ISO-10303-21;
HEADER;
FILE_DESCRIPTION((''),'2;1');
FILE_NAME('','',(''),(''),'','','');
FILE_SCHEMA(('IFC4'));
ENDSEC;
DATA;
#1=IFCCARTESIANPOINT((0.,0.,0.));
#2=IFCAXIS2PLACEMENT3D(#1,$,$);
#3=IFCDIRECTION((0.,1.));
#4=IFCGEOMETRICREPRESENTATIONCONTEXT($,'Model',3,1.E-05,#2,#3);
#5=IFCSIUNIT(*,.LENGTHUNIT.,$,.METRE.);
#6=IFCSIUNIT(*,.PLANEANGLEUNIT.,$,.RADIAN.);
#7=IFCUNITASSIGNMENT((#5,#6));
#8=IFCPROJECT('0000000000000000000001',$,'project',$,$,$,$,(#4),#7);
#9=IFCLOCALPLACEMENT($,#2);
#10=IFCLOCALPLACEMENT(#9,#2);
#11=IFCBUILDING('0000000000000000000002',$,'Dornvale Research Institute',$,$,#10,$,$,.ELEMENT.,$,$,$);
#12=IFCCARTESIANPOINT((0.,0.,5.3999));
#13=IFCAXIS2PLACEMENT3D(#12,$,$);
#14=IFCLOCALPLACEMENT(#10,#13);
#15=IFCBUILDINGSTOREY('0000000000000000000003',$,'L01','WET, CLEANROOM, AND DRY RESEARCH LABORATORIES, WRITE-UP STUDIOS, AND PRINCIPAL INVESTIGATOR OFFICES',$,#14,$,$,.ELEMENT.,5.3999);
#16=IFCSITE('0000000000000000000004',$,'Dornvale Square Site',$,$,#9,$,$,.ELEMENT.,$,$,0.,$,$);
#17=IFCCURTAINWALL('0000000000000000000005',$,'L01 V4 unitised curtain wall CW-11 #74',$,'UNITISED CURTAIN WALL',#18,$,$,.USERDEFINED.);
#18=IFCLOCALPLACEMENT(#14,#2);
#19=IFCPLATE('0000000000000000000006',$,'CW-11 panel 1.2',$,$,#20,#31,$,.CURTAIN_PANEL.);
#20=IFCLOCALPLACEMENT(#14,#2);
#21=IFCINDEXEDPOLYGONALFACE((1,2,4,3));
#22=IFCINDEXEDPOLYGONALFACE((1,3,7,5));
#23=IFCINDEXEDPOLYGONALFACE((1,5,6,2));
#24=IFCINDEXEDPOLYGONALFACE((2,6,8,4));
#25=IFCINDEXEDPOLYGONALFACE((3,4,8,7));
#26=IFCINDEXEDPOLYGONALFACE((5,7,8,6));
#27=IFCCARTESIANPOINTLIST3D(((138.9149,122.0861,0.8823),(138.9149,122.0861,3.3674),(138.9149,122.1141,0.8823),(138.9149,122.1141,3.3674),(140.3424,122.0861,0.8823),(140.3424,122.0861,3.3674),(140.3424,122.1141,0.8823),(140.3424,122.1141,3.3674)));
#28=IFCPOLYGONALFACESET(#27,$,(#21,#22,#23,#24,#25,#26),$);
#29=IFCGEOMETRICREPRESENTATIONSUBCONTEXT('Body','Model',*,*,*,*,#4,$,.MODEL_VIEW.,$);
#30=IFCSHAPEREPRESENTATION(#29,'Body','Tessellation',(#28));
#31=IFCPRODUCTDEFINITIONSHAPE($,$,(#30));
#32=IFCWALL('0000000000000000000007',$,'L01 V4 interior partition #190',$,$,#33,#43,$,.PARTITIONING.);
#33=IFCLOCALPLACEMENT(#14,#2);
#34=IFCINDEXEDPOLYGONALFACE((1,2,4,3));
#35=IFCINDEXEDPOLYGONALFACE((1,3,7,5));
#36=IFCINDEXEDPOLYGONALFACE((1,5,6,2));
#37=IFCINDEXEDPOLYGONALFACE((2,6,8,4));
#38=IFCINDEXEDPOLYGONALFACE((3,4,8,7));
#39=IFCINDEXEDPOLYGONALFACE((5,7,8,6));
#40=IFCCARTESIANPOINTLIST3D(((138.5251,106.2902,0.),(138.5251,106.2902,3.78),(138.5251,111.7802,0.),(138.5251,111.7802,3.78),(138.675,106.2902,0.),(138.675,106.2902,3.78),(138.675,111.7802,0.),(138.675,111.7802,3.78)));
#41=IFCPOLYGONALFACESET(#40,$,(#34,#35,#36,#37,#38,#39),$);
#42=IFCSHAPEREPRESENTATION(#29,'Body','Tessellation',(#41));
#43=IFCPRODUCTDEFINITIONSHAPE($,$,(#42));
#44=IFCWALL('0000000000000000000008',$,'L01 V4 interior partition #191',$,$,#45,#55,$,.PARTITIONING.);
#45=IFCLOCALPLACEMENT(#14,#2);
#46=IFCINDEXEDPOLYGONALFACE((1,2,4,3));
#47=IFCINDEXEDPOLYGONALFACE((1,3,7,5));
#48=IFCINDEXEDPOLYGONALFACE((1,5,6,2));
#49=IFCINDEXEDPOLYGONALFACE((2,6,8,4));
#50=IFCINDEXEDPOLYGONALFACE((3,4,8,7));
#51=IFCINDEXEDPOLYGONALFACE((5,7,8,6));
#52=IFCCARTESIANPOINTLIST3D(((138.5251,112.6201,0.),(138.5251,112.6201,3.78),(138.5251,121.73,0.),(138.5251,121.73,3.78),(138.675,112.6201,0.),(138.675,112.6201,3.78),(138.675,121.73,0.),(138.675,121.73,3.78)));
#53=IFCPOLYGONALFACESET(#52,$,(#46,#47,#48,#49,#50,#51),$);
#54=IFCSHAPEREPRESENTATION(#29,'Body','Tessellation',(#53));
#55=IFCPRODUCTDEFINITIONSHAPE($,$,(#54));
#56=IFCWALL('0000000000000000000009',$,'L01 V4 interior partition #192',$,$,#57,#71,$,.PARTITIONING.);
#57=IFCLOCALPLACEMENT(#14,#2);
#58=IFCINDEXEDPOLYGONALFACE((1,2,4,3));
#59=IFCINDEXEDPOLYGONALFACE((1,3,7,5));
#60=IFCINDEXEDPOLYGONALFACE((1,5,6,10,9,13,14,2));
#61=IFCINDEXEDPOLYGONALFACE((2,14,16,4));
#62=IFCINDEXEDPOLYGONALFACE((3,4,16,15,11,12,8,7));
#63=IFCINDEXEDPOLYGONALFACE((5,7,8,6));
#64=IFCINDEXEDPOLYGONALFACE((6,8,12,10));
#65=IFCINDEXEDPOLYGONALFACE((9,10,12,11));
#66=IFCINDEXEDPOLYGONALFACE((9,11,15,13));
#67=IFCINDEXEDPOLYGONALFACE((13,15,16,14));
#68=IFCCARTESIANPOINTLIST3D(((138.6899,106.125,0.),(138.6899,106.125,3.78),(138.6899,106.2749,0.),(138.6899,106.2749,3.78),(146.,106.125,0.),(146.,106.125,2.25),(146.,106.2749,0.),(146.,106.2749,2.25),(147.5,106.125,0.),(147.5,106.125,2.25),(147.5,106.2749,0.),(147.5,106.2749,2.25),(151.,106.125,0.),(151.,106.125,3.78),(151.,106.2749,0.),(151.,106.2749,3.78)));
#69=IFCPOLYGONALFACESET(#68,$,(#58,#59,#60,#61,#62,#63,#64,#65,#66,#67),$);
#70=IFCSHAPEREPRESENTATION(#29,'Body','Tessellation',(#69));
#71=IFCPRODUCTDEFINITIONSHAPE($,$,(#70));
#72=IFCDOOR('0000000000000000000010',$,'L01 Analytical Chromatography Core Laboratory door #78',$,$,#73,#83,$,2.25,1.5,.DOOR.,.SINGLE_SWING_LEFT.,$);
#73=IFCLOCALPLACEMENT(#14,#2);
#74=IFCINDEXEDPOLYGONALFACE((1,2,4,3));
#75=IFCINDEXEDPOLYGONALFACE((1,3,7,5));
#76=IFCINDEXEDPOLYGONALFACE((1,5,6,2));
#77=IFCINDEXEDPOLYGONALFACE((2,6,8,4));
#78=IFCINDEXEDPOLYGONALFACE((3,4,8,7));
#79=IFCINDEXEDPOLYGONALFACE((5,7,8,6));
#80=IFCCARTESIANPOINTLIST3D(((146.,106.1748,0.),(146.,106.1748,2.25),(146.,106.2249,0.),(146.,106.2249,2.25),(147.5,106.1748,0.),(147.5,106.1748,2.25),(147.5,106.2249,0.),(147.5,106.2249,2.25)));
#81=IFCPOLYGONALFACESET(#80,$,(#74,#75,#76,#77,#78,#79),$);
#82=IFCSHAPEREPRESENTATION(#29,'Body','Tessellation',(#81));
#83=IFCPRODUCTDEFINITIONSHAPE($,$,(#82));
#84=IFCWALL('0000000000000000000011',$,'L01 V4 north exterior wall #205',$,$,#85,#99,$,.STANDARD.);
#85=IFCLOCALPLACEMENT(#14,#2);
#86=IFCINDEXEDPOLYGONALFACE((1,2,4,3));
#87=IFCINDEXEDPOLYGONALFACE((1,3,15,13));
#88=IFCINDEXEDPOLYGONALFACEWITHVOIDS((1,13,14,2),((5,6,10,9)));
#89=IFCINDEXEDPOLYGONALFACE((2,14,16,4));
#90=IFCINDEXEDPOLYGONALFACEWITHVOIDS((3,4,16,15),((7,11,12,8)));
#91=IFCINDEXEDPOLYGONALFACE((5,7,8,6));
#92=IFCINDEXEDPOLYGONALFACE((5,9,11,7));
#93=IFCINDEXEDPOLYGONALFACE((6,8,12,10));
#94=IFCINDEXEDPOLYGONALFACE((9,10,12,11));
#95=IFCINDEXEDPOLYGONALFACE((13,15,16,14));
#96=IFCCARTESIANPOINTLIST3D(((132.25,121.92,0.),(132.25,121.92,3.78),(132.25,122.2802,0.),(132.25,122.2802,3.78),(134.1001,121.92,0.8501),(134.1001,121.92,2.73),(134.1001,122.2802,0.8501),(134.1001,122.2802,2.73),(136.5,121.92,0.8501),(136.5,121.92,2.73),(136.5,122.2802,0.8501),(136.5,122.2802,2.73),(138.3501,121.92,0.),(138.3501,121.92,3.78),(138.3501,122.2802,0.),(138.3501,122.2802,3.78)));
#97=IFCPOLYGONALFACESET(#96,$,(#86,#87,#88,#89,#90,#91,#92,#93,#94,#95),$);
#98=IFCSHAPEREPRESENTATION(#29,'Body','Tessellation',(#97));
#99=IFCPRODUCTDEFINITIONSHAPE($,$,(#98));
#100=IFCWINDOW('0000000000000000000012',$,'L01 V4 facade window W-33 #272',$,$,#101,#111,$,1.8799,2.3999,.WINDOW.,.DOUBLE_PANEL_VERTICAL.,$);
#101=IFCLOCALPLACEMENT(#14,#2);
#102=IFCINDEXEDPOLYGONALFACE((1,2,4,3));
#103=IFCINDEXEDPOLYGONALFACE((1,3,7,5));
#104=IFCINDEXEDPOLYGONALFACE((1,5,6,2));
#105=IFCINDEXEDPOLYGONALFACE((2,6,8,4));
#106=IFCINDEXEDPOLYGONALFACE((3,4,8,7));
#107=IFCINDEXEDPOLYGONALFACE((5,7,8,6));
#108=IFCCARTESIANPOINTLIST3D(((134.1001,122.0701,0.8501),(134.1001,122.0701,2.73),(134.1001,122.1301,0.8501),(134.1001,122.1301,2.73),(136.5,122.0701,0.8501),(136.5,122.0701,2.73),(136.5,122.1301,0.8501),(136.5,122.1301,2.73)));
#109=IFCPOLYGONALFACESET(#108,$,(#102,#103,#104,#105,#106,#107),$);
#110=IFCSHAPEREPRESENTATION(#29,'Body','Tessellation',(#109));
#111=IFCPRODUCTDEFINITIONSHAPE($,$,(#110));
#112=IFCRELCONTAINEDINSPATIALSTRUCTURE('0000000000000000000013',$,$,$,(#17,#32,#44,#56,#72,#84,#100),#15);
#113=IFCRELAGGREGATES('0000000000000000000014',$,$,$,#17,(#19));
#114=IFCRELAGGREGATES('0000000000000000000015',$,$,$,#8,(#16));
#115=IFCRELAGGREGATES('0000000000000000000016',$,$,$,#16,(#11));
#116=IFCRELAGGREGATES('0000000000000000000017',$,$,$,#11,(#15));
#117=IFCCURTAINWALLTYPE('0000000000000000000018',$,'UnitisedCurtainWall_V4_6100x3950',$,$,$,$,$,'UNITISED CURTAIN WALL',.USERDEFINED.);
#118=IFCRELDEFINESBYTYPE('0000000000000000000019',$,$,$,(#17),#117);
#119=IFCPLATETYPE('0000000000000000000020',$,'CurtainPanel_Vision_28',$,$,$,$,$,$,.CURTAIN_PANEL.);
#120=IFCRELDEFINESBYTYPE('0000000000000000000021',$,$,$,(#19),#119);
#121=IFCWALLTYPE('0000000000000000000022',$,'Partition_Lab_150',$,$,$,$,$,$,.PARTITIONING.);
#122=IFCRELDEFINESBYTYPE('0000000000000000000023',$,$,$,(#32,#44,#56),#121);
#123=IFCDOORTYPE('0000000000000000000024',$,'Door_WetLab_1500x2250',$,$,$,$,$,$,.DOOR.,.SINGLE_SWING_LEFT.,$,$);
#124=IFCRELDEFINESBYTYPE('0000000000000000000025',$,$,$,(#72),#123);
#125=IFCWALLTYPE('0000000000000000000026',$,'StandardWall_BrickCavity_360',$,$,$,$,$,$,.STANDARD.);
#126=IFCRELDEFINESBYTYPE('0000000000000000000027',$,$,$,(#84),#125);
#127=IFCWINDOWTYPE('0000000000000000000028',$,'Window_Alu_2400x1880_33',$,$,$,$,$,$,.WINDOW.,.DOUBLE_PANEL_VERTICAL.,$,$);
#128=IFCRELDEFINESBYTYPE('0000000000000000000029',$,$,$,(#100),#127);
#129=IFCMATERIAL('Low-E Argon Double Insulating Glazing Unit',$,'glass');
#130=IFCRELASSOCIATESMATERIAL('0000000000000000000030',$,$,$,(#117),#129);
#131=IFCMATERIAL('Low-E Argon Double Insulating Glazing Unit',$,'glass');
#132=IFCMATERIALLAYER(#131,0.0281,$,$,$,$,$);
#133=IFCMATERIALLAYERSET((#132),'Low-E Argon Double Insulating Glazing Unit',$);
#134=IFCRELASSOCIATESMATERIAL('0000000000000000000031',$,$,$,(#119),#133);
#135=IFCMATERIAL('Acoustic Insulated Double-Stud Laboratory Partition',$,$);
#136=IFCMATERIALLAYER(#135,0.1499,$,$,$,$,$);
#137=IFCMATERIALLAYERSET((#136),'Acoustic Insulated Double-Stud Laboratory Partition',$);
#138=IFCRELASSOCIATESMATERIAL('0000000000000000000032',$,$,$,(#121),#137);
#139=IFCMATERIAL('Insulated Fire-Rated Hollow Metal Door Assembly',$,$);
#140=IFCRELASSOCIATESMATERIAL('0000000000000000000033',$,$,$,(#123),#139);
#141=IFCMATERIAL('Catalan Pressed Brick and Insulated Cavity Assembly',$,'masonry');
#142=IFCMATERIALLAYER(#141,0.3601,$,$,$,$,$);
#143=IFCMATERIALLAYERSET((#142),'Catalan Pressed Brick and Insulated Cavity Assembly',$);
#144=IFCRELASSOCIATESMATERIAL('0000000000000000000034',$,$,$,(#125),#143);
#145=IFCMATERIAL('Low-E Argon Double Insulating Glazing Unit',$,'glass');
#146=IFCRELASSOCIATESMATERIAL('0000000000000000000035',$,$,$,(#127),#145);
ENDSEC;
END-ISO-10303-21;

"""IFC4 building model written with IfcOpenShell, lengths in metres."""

from ifc_helpers import new_model, si_unit, direction, frame, frame_2d, origin, origin_2d, place, context, subcontext, project, spatial, rectangle, extrude, material, layer, layer_set, type_object, element, fill, aggregate, save


model = new_model("IFC4")

# Units and contexts
model_context = context("Model", 3, precision=1e-05, world=origin(), true_north=direction((0.0, 1.0)))
body_context = subcontext(model_context, "Body", "Model", "MODEL_VIEW")
ifc_project = project(units=[si_unit("LENGTHUNIT", "METRE"), si_unit("PLANEANGLEUNIT", "RADIAN")], contexts=[model_context])

# Site, building, storey
site_placement = place(None, origin())
site = spatial("IfcSite", under=ifc_project, at=site_placement, Name="Dornvale Square Site", CompositionType="ELEMENT", RefElevation=0.0)
building_placement = place(site_placement, origin())
building = spatial("IfcBuilding", under=site, at=building_placement, Name="Dornvale Research Institute", CompositionType="ELEMENT")
storey_placement = place(building_placement, frame((0.0, 0.0, 5.3999)))
storey = spatial("IfcBuildingStorey", under=building, at=storey_placement, Name="L01", Description="WET, CLEANROOM, AND DRY RESEARCH LABORATORIES, WRITE-UP STUDIOS, AND PRINCIPAL INVESTIGATOR OFFICES", CompositionType="ELEMENT", Elevation=5.3999)

# Shared definitions
ifc_material_1 = material(Name="Low-E Argon Double Insulating Glazing Unit", Category="glass")
curtain_wall_type = type_object("IfcCurtainWallType", Name="UnitisedCurtainWall_V4_6100x3950", ElementType="UNITISED CURTAIN WALL", PredefinedType="USERDEFINED", material=ifc_material_1)

# Curtain wall
curtain_wall_1_placement = place(storey_placement, origin())
curtain_wall_1 = element("IfcCurtainWall", 1, at=curtain_wall_1_placement, inside=storey, type_object=curtain_wall_type, Name="L01 V4 unitised curtain wall CW-11 #74", ObjectType="UNITISED CURTAIN WALL", PredefinedType="USERDEFINED")

# Plate
ifc_material_2 = material(Name="Low-E Argon Double Insulating Glazing Unit", Category="glass")
ifc_layer_1 = layer(ifc_material_2, 0.0281)
ifc_layer_set_1 = layer_set([ifc_layer_1], Name="Low-E Argon Double Insulating Glazing Unit")
plate_type_1 = type_object("IfcPlateType", Name="CurtainPanel_Vision_28", PredefinedType="CURTAIN_PANEL", material=ifc_layer_set_1)
plate_1_placement = place(storey_placement, frame((139.6287, 122.1001, 0.8823), z_axis=(0.0, 0.0, 1.0), x_axis=(1.0, 0.0, 0.0)))
plate_1 = element("IfcPlate", 2, at=plate_1_placement, type_object=plate_type_1, Name="CW-11 panel 1.2", PredefinedType="CURTAIN_PANEL", context=body_context, shape_type="SweptSolid", body=[
    extrude(rectangle(XDim=1.4275, YDim=0.0281, at=origin_2d()), origin(), (0.0, 0.0, 1.0), 2.4851),
])
aggregate(curtain_wall_1, [plate_1])

# Walls
ifc_material_3 = material(Name="Acoustic Insulated Double-Stud Laboratory Partition")
ifc_layer_2 = layer(ifc_material_3, 0.1499)
ifc_layer_set_2 = layer_set([ifc_layer_2], Name="Acoustic Insulated Double-Stud Laboratory Partition")
wall_type_1 = type_object("IfcWallType", Name="Partition_Lab_150", PredefinedType="PARTITIONING", material=ifc_layer_set_2)
wall_1_placement = place(storey_placement, frame((138.6001, 106.29, 0.0), z_axis=(0.0, 0.0, 1.0), x_axis=(0.0, 1.0, 0.0)))
element("IfcWall", 3, at=wall_1_placement, inside=storey, type_object=wall_type_1, Name="L01 V4 interior partition #190", PredefinedType="PARTITIONING", context=body_context, shape_type="SweptSolid", body=[
    extrude(rectangle(XDim=5.49, YDim=0.1499, at=frame_2d((2.7451, 0.0))), origin(), (0.0, 0.0, 1.0), 3.78),
])
wall_2_placement = place(storey_placement, frame((138.6001, 112.6201, 0.0), z_axis=(0.0, 0.0, 1.0), x_axis=(0.0, 1.0, 0.0)))
element("IfcWall", 4, at=wall_2_placement, inside=storey, type_object=wall_type_1, Name="L01 V4 interior partition #191", PredefinedType="PARTITIONING", context=body_context, shape_type="SweptSolid", body=[
    extrude(rectangle(XDim=9.1099, YDim=0.1499, at=frame_2d((4.5549, 0.0))), origin(), (0.0, 0.0, 1.0), 3.78),
])

# Wall, opening, door
wall_3_placement = place(storey_placement, frame((138.6899, 106.2, 0.0), z_axis=(0.0, 0.0, 1.0), x_axis=(1.0, 0.0, 0.0)))
wall_3 = element("IfcWall", 5, at=wall_3_placement, inside=storey, type_object=wall_type_1, Name="L01 V4 interior partition #192", PredefinedType="PARTITIONING", context=body_context, shape_type="SweptSolid", body=[
    extrude(rectangle(XDim=12.3101, YDim=0.1499, at=frame_2d((6.155, 0.0))), origin(), (0.0, 0.0, 1.0), 3.78),
])
opening_1_placement = place(wall_3_placement, frame((7.3101, 0.0, 0.0)))
opening_1 = element("IfcOpeningElement", 6, at=opening_1_placement, cuts=wall_3, PredefinedType="OPENING", context=body_context, shape_type="SweptSolid", body=[
    extrude(rectangle(XDim=1.5, YDim=2.25, at=frame_2d((0.75, 1.125))), frame((0.0, 0.0898, 0.0), z_axis=(0.0, -1.0, 0.0), x_axis=(1.0, 0.0, 0.0)), (0.0, 0.0, 1.0), 0.1799),
])
ifc_material_4 = material(Name="Insulated Fire-Rated Hollow Metal Door Assembly")
door_type = type_object("IfcDoorType", Name="Door_WetLab_1500x2250", OperationType="SINGLE_SWING_LEFT", PredefinedType="DOOR", material=ifc_material_4)
door_placement = place(opening_1_placement, origin())
door = element("IfcDoor", 7, at=door_placement, inside=storey, type_object=door_type, Name="L01 Analytical Chromatography Core Laboratory door #78", OperationType="SINGLE_SWING_LEFT", OverallHeight=2.25, OverallWidth=1.5, PredefinedType="DOOR", context=body_context, shape_type="SweptSolid", body=[
    extrude(rectangle(XDim=1.5, YDim=2.25, at=frame_2d((0.75, 1.125))), frame((0.0, 0.0249, 0.0), z_axis=(0.0, -1.0, 0.0), x_axis=(1.0, 0.0, 0.0)), (0.0, 0.0, 1.0), 0.05),
])
fill(opening_1, door)

# Wall, opening, window
ifc_material_5 = material(Name="Catalan Pressed Brick and Insulated Cavity Assembly", Category="masonry")
ifc_layer_3 = layer(ifc_material_5, 0.3601)
ifc_layer_set_3 = layer_set([ifc_layer_3], Name="Catalan Pressed Brick and Insulated Cavity Assembly")
wall_type_2 = type_object("IfcWallType", Name="StandardWall_BrickCavity_360", PredefinedType="STANDARD", material=ifc_layer_set_3)
wall_4_placement = place(storey_placement, frame((132.25, 122.1001, 0.0), z_axis=(0.0, 0.0, 1.0), x_axis=(1.0, 0.0, 0.0)))
wall_4 = element("IfcWall", 8, at=wall_4_placement, inside=storey, type_object=wall_type_2, Name="L01 V4 north exterior wall #205", PredefinedType="STANDARD", context=body_context, shape_type="SweptSolid", body=[
    extrude(rectangle(XDim=6.1001, YDim=0.3601, at=frame_2d((3.05, 0.0))), origin(), (0.0, 0.0, 1.0), 3.78),
])
opening_2_placement = place(wall_4_placement, frame((1.8501, 0.0, 0.8501)))
opening_2 = element("IfcOpeningElement", 9, at=opening_2_placement, cuts=wall_4, PredefinedType="OPENING", context=body_context, shape_type="SweptSolid", body=[
    extrude(rectangle(XDim=2.3999, YDim=1.8799, at=frame_2d((1.2, 0.9399))), frame((0.0, 0.1951, 0.0), z_axis=(0.0, -1.0, 0.0), x_axis=(1.0, 0.0, 0.0)), (0.0, 0.0, 1.0), 0.3901),
])
ifc_material_6 = material(Name="Low-E Argon Double Insulating Glazing Unit", Category="glass")
window_type = type_object("IfcWindowType", Name="Window_Alu_2400x1880_33", PartitioningType="DOUBLE_PANEL_VERTICAL", PredefinedType="WINDOW", material=ifc_material_6)
window_placement = place(opening_2_placement, origin())
window = element("IfcWindow", 10, at=window_placement, inside=storey, type_object=window_type, Name="L01 V4 facade window W-33 #272", OverallHeight=1.8799, OverallWidth=2.3999, PartitioningType="DOUBLE_PANEL_VERTICAL", PredefinedType="WINDOW", context=body_context, shape_type="SweptSolid", body=[
    extrude(rectangle(XDim=2.3999, YDim=1.8799, at=frame_2d((1.2, 0.9399))), frame((0.0, 0.03, 0.0), z_axis=(0.0, -1.0, 0.0), x_axis=(1.0, 0.0, 0.0)), (0.0, 0.0, 1.0), 0.0601),
])
fill(opening_2, window)

save(model, "model.ifc")
